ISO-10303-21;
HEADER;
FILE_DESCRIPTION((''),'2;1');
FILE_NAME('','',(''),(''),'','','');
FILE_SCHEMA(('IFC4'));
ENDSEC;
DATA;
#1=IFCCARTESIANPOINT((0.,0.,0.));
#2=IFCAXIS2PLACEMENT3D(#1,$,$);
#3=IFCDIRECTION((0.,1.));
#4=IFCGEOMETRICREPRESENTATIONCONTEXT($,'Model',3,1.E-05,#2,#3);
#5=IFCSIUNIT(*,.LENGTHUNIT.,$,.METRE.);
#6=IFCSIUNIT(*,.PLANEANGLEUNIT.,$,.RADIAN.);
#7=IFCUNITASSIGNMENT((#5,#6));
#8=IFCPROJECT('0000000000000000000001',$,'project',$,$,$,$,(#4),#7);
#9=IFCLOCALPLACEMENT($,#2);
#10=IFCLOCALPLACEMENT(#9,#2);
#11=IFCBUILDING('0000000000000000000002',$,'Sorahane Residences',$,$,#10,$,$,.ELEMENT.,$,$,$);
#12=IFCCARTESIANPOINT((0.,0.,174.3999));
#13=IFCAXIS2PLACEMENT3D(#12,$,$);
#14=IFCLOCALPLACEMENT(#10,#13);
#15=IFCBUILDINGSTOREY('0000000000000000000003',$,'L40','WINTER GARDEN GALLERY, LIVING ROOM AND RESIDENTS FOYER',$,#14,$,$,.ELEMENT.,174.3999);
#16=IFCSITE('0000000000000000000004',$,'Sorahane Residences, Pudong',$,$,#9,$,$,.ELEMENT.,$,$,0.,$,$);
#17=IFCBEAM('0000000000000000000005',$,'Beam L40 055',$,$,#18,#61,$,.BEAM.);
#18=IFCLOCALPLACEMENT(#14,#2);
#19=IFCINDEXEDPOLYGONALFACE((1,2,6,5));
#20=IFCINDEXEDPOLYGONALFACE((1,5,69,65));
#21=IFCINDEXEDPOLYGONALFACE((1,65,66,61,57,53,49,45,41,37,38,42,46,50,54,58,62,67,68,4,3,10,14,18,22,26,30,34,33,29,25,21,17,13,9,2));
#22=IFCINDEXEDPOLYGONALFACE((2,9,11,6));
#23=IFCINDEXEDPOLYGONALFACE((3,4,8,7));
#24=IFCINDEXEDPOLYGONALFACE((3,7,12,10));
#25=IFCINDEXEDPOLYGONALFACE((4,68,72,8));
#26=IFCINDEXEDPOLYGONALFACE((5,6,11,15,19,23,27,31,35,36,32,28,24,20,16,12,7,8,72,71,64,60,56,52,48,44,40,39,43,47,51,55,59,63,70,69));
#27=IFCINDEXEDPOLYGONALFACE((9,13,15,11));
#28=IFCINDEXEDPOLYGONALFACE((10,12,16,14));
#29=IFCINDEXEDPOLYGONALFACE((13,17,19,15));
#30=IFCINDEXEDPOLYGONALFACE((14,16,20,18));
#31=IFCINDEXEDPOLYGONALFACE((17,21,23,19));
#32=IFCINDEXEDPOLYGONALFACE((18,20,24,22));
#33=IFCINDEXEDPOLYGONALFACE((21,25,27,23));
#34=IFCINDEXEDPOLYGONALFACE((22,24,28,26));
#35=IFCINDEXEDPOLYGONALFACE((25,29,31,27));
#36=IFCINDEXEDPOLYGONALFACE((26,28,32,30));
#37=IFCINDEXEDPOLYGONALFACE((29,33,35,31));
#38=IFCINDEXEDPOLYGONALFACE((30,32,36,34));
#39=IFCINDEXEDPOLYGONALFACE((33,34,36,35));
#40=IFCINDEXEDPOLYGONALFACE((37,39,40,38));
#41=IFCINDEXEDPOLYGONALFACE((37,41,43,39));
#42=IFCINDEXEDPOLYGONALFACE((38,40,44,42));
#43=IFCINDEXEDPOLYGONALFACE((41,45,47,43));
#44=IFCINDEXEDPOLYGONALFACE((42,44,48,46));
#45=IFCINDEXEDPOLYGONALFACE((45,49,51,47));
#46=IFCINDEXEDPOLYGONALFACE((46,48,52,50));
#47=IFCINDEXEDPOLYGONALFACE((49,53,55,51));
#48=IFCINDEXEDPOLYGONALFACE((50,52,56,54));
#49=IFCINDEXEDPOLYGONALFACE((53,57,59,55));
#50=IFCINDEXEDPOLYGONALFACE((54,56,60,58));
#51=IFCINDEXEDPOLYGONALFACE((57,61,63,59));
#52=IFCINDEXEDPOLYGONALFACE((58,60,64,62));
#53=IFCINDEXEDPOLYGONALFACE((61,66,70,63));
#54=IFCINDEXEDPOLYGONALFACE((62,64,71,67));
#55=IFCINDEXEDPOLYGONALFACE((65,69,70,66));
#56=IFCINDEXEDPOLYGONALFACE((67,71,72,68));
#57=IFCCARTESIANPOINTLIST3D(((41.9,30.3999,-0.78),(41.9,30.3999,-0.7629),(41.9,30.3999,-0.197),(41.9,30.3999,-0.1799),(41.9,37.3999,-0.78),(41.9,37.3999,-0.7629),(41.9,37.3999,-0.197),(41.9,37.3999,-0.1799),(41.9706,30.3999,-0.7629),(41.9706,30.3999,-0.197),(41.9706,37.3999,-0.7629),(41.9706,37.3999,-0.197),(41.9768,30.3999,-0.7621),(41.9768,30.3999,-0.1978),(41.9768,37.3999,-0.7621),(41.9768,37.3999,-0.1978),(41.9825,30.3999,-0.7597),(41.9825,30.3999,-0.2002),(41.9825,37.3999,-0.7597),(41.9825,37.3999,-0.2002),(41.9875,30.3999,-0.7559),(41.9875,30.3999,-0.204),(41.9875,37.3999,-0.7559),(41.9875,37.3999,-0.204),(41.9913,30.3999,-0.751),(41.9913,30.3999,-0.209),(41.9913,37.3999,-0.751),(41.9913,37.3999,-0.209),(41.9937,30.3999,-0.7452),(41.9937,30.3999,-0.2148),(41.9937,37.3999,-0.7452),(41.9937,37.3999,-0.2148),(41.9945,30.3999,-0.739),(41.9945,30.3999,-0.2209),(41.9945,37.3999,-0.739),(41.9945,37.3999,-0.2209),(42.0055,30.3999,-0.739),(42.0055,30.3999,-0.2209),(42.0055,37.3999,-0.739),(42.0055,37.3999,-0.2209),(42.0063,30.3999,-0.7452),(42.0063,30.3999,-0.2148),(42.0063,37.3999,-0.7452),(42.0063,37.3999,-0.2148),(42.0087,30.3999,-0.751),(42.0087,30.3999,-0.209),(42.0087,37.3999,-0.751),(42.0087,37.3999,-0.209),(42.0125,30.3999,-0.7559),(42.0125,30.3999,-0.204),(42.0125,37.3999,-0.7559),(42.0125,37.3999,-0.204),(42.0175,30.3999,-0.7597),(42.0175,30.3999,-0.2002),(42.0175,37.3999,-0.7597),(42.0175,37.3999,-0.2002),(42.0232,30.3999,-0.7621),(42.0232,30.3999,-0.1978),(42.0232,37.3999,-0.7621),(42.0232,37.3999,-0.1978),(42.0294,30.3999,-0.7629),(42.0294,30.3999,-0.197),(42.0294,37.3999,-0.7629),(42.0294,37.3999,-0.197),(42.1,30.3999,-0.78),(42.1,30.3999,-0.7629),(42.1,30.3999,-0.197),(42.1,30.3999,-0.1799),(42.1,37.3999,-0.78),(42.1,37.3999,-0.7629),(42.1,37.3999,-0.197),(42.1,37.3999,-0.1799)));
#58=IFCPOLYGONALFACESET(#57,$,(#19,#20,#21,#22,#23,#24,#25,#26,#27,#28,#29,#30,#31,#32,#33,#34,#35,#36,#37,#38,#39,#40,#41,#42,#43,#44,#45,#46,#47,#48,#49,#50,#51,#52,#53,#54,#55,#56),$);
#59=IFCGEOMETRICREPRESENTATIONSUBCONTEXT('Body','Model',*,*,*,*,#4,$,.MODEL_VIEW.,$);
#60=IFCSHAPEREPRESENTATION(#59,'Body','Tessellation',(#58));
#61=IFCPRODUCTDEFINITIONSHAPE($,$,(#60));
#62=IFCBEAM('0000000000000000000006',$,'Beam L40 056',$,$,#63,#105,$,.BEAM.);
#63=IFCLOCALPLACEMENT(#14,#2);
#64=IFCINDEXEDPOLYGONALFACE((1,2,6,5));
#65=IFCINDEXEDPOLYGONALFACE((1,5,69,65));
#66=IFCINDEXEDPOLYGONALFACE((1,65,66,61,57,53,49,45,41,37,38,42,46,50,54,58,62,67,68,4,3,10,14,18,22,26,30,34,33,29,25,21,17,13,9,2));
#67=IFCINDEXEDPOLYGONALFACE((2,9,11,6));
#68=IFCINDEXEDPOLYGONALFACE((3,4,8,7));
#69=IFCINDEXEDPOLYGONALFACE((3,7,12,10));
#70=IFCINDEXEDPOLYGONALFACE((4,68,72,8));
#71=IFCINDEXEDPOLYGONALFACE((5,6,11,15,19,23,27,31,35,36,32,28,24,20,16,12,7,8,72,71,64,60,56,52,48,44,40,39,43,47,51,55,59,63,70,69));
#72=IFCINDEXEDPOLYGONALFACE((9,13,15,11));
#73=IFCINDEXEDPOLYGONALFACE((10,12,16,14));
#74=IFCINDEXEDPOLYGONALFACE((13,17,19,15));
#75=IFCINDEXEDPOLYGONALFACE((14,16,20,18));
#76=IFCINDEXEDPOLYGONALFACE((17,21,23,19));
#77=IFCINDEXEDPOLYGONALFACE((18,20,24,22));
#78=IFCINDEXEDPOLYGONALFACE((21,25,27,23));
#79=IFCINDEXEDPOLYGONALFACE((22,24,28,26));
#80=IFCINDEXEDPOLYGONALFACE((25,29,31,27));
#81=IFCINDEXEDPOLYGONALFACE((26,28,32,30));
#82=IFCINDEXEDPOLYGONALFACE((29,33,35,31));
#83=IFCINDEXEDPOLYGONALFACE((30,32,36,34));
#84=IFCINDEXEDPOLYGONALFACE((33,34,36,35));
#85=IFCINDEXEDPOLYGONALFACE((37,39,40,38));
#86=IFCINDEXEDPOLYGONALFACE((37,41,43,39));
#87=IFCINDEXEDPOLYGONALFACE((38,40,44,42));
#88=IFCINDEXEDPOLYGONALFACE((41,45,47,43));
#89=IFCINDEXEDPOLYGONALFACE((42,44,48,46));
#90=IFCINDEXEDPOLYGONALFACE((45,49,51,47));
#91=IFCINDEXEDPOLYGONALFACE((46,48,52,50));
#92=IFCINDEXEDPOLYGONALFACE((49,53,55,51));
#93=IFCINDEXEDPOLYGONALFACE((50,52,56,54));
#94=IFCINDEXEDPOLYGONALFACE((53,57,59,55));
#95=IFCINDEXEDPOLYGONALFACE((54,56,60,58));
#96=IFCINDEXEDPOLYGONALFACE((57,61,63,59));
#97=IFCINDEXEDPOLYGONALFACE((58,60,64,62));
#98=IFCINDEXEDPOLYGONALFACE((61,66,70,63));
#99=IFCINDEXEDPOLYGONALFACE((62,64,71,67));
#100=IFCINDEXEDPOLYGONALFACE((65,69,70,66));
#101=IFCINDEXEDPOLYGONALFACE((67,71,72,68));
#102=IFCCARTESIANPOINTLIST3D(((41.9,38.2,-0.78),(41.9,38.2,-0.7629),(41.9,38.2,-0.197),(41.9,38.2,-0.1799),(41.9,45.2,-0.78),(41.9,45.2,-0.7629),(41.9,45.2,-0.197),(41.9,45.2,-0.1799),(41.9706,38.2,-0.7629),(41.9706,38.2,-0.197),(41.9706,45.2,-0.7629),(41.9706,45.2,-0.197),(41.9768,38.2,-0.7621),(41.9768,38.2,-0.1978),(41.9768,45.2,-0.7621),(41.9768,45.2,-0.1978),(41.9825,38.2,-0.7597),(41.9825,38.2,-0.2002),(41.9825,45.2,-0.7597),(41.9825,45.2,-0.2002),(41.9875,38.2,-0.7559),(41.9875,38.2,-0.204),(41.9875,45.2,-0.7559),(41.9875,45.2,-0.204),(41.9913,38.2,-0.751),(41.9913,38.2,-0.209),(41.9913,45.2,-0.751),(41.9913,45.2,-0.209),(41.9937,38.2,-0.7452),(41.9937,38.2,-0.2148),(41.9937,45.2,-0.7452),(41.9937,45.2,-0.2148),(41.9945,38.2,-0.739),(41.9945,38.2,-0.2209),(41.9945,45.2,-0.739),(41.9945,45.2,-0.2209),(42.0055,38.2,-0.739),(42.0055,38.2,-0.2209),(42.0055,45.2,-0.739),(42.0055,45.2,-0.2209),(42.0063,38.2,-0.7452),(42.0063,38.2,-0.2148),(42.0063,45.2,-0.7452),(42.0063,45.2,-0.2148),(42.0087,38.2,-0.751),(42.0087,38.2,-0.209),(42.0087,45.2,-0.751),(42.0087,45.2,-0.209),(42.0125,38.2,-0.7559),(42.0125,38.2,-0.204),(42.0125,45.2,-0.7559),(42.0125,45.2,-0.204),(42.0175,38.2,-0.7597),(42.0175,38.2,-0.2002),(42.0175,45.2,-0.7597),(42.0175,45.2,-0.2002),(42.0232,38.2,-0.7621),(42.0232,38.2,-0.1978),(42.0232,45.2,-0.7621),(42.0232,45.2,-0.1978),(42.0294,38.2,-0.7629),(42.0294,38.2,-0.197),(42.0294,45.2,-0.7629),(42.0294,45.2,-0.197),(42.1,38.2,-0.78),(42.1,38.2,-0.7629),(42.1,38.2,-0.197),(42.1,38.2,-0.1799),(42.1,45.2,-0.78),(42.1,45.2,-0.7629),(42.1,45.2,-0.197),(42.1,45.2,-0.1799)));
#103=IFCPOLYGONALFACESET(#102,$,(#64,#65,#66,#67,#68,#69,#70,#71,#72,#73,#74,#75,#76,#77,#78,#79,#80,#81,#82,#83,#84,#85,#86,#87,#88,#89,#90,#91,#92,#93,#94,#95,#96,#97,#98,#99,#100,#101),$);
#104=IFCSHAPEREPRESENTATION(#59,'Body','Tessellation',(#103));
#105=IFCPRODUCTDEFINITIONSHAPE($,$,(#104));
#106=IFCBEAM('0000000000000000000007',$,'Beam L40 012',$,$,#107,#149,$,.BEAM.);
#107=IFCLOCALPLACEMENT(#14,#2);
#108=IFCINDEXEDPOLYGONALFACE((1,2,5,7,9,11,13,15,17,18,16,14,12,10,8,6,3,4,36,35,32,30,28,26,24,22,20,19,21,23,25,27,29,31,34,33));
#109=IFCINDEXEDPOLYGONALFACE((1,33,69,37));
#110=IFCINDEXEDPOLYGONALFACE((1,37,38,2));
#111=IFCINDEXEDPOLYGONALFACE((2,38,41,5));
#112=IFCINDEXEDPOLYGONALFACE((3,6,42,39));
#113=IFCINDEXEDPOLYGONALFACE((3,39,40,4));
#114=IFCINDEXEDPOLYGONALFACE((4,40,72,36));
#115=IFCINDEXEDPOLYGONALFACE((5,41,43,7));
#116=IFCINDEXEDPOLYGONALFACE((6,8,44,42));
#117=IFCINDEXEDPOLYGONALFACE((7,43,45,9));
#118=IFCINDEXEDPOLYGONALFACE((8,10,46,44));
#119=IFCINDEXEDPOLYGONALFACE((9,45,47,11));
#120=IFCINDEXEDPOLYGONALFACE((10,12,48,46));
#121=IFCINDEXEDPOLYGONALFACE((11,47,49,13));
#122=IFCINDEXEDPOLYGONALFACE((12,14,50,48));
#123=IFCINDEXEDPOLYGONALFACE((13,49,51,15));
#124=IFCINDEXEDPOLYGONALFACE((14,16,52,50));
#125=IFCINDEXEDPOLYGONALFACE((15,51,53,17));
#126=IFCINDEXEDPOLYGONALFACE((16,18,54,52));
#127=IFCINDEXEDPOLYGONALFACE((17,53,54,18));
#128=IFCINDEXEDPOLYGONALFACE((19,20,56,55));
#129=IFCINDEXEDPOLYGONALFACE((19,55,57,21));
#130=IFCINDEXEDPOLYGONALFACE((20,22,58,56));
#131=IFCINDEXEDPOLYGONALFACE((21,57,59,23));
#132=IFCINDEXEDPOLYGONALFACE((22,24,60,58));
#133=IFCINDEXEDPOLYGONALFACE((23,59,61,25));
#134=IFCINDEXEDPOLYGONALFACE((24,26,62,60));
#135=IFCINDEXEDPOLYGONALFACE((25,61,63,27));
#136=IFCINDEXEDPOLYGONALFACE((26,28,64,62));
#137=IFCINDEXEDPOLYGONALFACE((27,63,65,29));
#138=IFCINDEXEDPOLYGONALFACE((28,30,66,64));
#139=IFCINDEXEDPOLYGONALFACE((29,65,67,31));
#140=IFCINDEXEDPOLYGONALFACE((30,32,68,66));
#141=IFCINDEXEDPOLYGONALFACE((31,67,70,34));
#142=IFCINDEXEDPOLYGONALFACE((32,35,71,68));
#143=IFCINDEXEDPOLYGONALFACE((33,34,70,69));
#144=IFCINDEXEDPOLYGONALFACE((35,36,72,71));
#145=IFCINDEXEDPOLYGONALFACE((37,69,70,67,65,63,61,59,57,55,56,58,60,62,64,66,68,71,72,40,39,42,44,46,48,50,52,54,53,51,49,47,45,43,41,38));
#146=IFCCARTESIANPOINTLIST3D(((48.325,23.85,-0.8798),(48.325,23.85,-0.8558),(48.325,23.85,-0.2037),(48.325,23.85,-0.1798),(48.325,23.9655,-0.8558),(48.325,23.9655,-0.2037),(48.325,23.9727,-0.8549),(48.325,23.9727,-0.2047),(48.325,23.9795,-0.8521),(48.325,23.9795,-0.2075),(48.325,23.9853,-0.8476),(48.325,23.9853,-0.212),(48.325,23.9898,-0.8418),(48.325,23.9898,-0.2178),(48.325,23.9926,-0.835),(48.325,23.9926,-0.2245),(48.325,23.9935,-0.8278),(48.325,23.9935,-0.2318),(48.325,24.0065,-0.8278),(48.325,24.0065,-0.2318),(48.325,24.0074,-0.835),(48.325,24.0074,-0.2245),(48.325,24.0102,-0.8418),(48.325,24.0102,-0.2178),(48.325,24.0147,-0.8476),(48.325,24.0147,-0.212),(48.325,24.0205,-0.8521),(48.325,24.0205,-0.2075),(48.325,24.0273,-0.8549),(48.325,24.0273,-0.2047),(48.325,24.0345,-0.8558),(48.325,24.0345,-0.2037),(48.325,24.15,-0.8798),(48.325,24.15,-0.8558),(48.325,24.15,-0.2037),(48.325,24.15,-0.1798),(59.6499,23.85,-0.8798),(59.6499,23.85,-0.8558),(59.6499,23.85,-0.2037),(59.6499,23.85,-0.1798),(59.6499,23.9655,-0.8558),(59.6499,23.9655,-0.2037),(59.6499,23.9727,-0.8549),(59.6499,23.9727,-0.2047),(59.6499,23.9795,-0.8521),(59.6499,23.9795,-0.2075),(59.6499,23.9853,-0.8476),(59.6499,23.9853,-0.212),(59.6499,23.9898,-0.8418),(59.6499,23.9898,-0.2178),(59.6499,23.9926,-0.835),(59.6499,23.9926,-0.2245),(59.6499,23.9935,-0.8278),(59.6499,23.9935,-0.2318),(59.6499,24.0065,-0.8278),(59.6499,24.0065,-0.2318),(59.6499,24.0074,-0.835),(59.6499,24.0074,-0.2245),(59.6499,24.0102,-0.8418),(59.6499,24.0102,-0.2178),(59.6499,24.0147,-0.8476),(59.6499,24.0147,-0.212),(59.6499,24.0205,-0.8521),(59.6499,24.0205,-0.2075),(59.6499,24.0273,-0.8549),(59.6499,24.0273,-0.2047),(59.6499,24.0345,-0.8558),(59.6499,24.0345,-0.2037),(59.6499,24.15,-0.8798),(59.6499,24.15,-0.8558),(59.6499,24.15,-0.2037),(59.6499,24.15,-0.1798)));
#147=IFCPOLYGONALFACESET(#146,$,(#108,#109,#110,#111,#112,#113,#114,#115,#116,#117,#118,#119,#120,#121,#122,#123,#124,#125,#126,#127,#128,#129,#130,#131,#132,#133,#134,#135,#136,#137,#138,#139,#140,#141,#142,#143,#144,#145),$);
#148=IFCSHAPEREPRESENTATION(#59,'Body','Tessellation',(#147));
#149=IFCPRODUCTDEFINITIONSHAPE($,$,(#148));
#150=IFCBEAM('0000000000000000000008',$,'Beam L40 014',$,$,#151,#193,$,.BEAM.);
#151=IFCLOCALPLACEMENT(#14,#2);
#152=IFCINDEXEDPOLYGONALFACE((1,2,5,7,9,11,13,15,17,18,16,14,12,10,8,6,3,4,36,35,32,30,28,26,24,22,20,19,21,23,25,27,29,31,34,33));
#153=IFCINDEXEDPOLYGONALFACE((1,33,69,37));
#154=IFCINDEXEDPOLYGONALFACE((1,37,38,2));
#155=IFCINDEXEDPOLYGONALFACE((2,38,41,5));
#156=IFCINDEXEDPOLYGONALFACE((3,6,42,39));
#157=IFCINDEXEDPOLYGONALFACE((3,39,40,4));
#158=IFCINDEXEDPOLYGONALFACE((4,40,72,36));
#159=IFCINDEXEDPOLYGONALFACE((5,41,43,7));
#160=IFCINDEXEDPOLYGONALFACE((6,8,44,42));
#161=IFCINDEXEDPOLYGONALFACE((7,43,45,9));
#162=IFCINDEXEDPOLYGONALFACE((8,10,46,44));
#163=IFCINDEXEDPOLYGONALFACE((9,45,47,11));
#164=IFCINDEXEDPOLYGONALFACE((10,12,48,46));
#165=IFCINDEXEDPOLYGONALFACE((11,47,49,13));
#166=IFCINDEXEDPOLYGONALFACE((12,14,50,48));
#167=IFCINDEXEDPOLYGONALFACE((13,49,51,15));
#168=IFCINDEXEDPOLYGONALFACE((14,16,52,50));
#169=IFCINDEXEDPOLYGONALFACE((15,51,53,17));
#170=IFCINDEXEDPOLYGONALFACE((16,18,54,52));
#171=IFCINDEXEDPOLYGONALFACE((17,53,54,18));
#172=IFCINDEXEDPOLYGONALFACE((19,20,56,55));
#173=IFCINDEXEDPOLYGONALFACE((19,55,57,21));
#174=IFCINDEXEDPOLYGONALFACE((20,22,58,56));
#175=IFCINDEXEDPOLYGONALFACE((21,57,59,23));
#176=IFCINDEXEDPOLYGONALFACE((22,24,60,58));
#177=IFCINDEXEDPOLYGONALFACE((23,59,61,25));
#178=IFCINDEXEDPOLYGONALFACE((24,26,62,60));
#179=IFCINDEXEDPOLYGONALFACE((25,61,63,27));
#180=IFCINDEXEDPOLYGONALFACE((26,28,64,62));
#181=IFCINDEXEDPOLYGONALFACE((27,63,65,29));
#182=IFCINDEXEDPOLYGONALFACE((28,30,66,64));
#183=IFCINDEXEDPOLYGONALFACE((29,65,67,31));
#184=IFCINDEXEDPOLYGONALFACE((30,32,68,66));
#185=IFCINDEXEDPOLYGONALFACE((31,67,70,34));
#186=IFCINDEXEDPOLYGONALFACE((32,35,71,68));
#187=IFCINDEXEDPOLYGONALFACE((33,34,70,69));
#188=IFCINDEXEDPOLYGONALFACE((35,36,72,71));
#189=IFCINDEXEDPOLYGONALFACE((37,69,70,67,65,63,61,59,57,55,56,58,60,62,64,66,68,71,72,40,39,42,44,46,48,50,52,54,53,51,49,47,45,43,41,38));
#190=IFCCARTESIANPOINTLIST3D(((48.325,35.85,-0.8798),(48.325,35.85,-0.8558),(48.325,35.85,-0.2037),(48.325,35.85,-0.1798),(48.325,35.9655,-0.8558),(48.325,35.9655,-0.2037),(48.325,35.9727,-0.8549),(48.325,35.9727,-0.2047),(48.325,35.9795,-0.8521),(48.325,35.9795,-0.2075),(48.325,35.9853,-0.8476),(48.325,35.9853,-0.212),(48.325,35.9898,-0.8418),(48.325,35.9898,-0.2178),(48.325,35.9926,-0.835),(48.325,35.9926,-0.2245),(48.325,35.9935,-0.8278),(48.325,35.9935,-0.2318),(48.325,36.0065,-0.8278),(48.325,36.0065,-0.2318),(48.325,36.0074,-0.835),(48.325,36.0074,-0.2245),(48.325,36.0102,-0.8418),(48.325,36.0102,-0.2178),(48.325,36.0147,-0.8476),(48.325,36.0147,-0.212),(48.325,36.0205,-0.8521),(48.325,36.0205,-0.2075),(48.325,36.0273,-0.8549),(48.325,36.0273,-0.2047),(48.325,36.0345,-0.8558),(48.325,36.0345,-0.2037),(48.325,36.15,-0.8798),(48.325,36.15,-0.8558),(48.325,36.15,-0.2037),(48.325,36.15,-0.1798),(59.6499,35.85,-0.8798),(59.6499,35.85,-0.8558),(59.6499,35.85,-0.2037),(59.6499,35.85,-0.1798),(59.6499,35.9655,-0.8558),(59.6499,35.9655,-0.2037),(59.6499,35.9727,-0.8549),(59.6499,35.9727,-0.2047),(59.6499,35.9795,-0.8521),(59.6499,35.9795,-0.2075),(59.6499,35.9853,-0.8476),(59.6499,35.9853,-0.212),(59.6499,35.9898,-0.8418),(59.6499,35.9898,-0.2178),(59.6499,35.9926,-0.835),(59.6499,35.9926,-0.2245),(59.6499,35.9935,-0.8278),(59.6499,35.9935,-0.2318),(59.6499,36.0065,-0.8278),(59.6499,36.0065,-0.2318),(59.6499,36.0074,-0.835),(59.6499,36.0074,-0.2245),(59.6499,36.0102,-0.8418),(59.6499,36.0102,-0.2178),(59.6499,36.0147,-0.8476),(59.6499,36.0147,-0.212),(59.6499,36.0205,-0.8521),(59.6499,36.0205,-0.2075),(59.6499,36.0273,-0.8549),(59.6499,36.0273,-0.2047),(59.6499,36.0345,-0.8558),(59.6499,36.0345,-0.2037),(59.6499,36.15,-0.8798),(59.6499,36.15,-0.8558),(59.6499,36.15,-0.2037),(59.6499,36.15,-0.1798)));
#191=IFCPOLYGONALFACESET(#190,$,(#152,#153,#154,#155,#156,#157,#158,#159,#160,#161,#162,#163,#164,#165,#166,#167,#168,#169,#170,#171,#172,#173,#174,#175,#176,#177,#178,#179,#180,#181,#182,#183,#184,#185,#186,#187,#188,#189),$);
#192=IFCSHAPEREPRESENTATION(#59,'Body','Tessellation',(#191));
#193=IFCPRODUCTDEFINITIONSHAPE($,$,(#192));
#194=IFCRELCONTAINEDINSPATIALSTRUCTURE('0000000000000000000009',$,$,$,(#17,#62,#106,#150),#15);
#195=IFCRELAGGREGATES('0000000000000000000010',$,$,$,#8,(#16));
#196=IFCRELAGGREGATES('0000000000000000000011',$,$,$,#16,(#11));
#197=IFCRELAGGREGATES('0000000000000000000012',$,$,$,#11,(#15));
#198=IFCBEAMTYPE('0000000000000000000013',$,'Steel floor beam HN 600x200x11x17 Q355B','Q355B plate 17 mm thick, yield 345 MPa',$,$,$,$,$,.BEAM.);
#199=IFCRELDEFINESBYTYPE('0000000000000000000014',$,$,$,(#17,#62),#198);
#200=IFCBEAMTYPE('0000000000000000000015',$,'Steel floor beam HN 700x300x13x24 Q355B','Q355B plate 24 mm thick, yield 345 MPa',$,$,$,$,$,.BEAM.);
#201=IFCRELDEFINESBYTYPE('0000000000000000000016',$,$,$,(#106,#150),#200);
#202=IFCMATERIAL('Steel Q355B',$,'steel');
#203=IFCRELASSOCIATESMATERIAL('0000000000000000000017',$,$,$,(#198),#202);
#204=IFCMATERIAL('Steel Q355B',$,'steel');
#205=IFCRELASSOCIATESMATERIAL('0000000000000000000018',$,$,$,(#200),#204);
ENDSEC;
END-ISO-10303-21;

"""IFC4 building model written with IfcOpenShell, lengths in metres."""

from ifc_helpers import new_model, si_unit, direction, frame, origin, origin_2d, place, context, subcontext, project, spatial, i_section, extrude, material, material_profile, profile_set, type_object, element, save


model = new_model("IFC4")

# Units and contexts
model_context = context("Model", 3, precision=1e-05, world=origin(), true_north=direction((0.0, 1.0)))
body_context = subcontext(model_context, "Body", "Model", "MODEL_VIEW")
ifc_project = project(units=[si_unit("LENGTHUNIT", "METRE"), si_unit("PLANEANGLEUNIT", "RADIAN")], contexts=[model_context])

# Site, building, storey
site_placement = place(None, origin())
site = spatial("IfcSite", under=ifc_project, at=site_placement, Name="Sorahane Residences, Pudong", CompositionType="ELEMENT", RefElevation=0.0)
building_placement = place(site_placement, origin())
building = spatial("IfcBuilding", under=site, at=building_placement, Name="Sorahane Residences", CompositionType="ELEMENT")
storey_placement = place(building_placement, frame((0.0, 0.0, 174.3999)))
storey = spatial("IfcBuildingStorey", under=building, at=storey_placement, Name="L40", Description="WINTER GARDEN GALLERY, LIVING ROOM AND RESIDENTS FOYER", CompositionType="ELEMENT", Elevation=174.3999)

# Beams
ifc_material_1 = material(Name="Steel Q355B", Category="steel")
ifc_material_profile_1 = material_profile(ifc_material_1, i_section(OverallWidth=0.2, OverallDepth=0.6001, WebThickness=0.011, FlangeThickness=0.0171, FilletRadius=0.0239, at=origin_2d()), Name="HN 600x200x11x17")
ifc_profile_set_1 = profile_set([ifc_material_profile_1], Name="Steel Q355B")
beam_type_1 = type_object("IfcBeamType", Name="Steel floor beam HN 600x200x11x17 Q355B", Description="Q355B plate 17 mm thick, yield 345 MPa", PredefinedType="BEAM", material=ifc_profile_set_1)
for number, where, z_axis, x_axis, name in (
    (1, (42.0, 30.3999, -0.48), (0.0, 1.0, 0.0), (-1.0, 0.0, 0.0), "Beam L40 055"),
    (2, (42.0, 38.2, -0.48), (0.0, 1.0, 0.0), (-1.0, 0.0, 0.0), "Beam L40 056"),
):
    element("IfcBeam", number, at=place(storey_placement, frame(where, z_axis=z_axis, x_axis=x_axis)), inside=storey, type_object=beam_type_1, Name=name, PredefinedType="BEAM", context=body_context, shape_type="SweptSolid", body=[
        extrude(i_section(OverallWidth=0.2, OverallDepth=0.6001, WebThickness=0.011, FlangeThickness=0.0171, FilletRadius=0.0239, at=origin_2d()), origin(), (0.0, 0.0, 1.0), 7.0),
    ])
ifc_material_2 = material(Name="Steel Q355B", Category="steel")
ifc_material_profile_2 = material_profile(ifc_material_2, i_section(OverallWidth=0.3, OverallDepth=0.7, WebThickness=0.0129, FlangeThickness=0.0239, FilletRadius=0.0281, at=origin_2d()), Name="HN 700x300x13x24")
ifc_profile_set_2 = profile_set([ifc_material_profile_2], Name="Steel Q355B")
beam_type_2 = type_object("IfcBeamType", Name="Steel floor beam HN 700x300x13x24 Q355B", Description="Q355B plate 24 mm thick, yield 345 MPa", PredefinedType="BEAM", material=ifc_profile_set_2)
for number, where, z_axis, x_axis, name in (
    (3, (48.325, 24.0, -0.5298), (1.0, 0.0, 0.0), (0.0, 1.0, 0.0), "Beam L40 012"),
    (4, (48.325, 36.0, -0.5298), (1.0, 0.0, 0.0), (0.0, 1.0, 0.0), "Beam L40 014"),
):
    element("IfcBeam", number, at=place(storey_placement, frame(where, z_axis=z_axis, x_axis=x_axis)), inside=storey, type_object=beam_type_2, Name=name, PredefinedType="BEAM", context=body_context, shape_type="SweptSolid", body=[
        extrude(i_section(OverallWidth=0.3, OverallDepth=0.7, WebThickness=0.0129, FlangeThickness=0.0239, FilletRadius=0.0281, at=origin_2d()), origin(), (0.0, 0.0, 1.0), 11.325),
    ])

save(model, "model.ifc")
